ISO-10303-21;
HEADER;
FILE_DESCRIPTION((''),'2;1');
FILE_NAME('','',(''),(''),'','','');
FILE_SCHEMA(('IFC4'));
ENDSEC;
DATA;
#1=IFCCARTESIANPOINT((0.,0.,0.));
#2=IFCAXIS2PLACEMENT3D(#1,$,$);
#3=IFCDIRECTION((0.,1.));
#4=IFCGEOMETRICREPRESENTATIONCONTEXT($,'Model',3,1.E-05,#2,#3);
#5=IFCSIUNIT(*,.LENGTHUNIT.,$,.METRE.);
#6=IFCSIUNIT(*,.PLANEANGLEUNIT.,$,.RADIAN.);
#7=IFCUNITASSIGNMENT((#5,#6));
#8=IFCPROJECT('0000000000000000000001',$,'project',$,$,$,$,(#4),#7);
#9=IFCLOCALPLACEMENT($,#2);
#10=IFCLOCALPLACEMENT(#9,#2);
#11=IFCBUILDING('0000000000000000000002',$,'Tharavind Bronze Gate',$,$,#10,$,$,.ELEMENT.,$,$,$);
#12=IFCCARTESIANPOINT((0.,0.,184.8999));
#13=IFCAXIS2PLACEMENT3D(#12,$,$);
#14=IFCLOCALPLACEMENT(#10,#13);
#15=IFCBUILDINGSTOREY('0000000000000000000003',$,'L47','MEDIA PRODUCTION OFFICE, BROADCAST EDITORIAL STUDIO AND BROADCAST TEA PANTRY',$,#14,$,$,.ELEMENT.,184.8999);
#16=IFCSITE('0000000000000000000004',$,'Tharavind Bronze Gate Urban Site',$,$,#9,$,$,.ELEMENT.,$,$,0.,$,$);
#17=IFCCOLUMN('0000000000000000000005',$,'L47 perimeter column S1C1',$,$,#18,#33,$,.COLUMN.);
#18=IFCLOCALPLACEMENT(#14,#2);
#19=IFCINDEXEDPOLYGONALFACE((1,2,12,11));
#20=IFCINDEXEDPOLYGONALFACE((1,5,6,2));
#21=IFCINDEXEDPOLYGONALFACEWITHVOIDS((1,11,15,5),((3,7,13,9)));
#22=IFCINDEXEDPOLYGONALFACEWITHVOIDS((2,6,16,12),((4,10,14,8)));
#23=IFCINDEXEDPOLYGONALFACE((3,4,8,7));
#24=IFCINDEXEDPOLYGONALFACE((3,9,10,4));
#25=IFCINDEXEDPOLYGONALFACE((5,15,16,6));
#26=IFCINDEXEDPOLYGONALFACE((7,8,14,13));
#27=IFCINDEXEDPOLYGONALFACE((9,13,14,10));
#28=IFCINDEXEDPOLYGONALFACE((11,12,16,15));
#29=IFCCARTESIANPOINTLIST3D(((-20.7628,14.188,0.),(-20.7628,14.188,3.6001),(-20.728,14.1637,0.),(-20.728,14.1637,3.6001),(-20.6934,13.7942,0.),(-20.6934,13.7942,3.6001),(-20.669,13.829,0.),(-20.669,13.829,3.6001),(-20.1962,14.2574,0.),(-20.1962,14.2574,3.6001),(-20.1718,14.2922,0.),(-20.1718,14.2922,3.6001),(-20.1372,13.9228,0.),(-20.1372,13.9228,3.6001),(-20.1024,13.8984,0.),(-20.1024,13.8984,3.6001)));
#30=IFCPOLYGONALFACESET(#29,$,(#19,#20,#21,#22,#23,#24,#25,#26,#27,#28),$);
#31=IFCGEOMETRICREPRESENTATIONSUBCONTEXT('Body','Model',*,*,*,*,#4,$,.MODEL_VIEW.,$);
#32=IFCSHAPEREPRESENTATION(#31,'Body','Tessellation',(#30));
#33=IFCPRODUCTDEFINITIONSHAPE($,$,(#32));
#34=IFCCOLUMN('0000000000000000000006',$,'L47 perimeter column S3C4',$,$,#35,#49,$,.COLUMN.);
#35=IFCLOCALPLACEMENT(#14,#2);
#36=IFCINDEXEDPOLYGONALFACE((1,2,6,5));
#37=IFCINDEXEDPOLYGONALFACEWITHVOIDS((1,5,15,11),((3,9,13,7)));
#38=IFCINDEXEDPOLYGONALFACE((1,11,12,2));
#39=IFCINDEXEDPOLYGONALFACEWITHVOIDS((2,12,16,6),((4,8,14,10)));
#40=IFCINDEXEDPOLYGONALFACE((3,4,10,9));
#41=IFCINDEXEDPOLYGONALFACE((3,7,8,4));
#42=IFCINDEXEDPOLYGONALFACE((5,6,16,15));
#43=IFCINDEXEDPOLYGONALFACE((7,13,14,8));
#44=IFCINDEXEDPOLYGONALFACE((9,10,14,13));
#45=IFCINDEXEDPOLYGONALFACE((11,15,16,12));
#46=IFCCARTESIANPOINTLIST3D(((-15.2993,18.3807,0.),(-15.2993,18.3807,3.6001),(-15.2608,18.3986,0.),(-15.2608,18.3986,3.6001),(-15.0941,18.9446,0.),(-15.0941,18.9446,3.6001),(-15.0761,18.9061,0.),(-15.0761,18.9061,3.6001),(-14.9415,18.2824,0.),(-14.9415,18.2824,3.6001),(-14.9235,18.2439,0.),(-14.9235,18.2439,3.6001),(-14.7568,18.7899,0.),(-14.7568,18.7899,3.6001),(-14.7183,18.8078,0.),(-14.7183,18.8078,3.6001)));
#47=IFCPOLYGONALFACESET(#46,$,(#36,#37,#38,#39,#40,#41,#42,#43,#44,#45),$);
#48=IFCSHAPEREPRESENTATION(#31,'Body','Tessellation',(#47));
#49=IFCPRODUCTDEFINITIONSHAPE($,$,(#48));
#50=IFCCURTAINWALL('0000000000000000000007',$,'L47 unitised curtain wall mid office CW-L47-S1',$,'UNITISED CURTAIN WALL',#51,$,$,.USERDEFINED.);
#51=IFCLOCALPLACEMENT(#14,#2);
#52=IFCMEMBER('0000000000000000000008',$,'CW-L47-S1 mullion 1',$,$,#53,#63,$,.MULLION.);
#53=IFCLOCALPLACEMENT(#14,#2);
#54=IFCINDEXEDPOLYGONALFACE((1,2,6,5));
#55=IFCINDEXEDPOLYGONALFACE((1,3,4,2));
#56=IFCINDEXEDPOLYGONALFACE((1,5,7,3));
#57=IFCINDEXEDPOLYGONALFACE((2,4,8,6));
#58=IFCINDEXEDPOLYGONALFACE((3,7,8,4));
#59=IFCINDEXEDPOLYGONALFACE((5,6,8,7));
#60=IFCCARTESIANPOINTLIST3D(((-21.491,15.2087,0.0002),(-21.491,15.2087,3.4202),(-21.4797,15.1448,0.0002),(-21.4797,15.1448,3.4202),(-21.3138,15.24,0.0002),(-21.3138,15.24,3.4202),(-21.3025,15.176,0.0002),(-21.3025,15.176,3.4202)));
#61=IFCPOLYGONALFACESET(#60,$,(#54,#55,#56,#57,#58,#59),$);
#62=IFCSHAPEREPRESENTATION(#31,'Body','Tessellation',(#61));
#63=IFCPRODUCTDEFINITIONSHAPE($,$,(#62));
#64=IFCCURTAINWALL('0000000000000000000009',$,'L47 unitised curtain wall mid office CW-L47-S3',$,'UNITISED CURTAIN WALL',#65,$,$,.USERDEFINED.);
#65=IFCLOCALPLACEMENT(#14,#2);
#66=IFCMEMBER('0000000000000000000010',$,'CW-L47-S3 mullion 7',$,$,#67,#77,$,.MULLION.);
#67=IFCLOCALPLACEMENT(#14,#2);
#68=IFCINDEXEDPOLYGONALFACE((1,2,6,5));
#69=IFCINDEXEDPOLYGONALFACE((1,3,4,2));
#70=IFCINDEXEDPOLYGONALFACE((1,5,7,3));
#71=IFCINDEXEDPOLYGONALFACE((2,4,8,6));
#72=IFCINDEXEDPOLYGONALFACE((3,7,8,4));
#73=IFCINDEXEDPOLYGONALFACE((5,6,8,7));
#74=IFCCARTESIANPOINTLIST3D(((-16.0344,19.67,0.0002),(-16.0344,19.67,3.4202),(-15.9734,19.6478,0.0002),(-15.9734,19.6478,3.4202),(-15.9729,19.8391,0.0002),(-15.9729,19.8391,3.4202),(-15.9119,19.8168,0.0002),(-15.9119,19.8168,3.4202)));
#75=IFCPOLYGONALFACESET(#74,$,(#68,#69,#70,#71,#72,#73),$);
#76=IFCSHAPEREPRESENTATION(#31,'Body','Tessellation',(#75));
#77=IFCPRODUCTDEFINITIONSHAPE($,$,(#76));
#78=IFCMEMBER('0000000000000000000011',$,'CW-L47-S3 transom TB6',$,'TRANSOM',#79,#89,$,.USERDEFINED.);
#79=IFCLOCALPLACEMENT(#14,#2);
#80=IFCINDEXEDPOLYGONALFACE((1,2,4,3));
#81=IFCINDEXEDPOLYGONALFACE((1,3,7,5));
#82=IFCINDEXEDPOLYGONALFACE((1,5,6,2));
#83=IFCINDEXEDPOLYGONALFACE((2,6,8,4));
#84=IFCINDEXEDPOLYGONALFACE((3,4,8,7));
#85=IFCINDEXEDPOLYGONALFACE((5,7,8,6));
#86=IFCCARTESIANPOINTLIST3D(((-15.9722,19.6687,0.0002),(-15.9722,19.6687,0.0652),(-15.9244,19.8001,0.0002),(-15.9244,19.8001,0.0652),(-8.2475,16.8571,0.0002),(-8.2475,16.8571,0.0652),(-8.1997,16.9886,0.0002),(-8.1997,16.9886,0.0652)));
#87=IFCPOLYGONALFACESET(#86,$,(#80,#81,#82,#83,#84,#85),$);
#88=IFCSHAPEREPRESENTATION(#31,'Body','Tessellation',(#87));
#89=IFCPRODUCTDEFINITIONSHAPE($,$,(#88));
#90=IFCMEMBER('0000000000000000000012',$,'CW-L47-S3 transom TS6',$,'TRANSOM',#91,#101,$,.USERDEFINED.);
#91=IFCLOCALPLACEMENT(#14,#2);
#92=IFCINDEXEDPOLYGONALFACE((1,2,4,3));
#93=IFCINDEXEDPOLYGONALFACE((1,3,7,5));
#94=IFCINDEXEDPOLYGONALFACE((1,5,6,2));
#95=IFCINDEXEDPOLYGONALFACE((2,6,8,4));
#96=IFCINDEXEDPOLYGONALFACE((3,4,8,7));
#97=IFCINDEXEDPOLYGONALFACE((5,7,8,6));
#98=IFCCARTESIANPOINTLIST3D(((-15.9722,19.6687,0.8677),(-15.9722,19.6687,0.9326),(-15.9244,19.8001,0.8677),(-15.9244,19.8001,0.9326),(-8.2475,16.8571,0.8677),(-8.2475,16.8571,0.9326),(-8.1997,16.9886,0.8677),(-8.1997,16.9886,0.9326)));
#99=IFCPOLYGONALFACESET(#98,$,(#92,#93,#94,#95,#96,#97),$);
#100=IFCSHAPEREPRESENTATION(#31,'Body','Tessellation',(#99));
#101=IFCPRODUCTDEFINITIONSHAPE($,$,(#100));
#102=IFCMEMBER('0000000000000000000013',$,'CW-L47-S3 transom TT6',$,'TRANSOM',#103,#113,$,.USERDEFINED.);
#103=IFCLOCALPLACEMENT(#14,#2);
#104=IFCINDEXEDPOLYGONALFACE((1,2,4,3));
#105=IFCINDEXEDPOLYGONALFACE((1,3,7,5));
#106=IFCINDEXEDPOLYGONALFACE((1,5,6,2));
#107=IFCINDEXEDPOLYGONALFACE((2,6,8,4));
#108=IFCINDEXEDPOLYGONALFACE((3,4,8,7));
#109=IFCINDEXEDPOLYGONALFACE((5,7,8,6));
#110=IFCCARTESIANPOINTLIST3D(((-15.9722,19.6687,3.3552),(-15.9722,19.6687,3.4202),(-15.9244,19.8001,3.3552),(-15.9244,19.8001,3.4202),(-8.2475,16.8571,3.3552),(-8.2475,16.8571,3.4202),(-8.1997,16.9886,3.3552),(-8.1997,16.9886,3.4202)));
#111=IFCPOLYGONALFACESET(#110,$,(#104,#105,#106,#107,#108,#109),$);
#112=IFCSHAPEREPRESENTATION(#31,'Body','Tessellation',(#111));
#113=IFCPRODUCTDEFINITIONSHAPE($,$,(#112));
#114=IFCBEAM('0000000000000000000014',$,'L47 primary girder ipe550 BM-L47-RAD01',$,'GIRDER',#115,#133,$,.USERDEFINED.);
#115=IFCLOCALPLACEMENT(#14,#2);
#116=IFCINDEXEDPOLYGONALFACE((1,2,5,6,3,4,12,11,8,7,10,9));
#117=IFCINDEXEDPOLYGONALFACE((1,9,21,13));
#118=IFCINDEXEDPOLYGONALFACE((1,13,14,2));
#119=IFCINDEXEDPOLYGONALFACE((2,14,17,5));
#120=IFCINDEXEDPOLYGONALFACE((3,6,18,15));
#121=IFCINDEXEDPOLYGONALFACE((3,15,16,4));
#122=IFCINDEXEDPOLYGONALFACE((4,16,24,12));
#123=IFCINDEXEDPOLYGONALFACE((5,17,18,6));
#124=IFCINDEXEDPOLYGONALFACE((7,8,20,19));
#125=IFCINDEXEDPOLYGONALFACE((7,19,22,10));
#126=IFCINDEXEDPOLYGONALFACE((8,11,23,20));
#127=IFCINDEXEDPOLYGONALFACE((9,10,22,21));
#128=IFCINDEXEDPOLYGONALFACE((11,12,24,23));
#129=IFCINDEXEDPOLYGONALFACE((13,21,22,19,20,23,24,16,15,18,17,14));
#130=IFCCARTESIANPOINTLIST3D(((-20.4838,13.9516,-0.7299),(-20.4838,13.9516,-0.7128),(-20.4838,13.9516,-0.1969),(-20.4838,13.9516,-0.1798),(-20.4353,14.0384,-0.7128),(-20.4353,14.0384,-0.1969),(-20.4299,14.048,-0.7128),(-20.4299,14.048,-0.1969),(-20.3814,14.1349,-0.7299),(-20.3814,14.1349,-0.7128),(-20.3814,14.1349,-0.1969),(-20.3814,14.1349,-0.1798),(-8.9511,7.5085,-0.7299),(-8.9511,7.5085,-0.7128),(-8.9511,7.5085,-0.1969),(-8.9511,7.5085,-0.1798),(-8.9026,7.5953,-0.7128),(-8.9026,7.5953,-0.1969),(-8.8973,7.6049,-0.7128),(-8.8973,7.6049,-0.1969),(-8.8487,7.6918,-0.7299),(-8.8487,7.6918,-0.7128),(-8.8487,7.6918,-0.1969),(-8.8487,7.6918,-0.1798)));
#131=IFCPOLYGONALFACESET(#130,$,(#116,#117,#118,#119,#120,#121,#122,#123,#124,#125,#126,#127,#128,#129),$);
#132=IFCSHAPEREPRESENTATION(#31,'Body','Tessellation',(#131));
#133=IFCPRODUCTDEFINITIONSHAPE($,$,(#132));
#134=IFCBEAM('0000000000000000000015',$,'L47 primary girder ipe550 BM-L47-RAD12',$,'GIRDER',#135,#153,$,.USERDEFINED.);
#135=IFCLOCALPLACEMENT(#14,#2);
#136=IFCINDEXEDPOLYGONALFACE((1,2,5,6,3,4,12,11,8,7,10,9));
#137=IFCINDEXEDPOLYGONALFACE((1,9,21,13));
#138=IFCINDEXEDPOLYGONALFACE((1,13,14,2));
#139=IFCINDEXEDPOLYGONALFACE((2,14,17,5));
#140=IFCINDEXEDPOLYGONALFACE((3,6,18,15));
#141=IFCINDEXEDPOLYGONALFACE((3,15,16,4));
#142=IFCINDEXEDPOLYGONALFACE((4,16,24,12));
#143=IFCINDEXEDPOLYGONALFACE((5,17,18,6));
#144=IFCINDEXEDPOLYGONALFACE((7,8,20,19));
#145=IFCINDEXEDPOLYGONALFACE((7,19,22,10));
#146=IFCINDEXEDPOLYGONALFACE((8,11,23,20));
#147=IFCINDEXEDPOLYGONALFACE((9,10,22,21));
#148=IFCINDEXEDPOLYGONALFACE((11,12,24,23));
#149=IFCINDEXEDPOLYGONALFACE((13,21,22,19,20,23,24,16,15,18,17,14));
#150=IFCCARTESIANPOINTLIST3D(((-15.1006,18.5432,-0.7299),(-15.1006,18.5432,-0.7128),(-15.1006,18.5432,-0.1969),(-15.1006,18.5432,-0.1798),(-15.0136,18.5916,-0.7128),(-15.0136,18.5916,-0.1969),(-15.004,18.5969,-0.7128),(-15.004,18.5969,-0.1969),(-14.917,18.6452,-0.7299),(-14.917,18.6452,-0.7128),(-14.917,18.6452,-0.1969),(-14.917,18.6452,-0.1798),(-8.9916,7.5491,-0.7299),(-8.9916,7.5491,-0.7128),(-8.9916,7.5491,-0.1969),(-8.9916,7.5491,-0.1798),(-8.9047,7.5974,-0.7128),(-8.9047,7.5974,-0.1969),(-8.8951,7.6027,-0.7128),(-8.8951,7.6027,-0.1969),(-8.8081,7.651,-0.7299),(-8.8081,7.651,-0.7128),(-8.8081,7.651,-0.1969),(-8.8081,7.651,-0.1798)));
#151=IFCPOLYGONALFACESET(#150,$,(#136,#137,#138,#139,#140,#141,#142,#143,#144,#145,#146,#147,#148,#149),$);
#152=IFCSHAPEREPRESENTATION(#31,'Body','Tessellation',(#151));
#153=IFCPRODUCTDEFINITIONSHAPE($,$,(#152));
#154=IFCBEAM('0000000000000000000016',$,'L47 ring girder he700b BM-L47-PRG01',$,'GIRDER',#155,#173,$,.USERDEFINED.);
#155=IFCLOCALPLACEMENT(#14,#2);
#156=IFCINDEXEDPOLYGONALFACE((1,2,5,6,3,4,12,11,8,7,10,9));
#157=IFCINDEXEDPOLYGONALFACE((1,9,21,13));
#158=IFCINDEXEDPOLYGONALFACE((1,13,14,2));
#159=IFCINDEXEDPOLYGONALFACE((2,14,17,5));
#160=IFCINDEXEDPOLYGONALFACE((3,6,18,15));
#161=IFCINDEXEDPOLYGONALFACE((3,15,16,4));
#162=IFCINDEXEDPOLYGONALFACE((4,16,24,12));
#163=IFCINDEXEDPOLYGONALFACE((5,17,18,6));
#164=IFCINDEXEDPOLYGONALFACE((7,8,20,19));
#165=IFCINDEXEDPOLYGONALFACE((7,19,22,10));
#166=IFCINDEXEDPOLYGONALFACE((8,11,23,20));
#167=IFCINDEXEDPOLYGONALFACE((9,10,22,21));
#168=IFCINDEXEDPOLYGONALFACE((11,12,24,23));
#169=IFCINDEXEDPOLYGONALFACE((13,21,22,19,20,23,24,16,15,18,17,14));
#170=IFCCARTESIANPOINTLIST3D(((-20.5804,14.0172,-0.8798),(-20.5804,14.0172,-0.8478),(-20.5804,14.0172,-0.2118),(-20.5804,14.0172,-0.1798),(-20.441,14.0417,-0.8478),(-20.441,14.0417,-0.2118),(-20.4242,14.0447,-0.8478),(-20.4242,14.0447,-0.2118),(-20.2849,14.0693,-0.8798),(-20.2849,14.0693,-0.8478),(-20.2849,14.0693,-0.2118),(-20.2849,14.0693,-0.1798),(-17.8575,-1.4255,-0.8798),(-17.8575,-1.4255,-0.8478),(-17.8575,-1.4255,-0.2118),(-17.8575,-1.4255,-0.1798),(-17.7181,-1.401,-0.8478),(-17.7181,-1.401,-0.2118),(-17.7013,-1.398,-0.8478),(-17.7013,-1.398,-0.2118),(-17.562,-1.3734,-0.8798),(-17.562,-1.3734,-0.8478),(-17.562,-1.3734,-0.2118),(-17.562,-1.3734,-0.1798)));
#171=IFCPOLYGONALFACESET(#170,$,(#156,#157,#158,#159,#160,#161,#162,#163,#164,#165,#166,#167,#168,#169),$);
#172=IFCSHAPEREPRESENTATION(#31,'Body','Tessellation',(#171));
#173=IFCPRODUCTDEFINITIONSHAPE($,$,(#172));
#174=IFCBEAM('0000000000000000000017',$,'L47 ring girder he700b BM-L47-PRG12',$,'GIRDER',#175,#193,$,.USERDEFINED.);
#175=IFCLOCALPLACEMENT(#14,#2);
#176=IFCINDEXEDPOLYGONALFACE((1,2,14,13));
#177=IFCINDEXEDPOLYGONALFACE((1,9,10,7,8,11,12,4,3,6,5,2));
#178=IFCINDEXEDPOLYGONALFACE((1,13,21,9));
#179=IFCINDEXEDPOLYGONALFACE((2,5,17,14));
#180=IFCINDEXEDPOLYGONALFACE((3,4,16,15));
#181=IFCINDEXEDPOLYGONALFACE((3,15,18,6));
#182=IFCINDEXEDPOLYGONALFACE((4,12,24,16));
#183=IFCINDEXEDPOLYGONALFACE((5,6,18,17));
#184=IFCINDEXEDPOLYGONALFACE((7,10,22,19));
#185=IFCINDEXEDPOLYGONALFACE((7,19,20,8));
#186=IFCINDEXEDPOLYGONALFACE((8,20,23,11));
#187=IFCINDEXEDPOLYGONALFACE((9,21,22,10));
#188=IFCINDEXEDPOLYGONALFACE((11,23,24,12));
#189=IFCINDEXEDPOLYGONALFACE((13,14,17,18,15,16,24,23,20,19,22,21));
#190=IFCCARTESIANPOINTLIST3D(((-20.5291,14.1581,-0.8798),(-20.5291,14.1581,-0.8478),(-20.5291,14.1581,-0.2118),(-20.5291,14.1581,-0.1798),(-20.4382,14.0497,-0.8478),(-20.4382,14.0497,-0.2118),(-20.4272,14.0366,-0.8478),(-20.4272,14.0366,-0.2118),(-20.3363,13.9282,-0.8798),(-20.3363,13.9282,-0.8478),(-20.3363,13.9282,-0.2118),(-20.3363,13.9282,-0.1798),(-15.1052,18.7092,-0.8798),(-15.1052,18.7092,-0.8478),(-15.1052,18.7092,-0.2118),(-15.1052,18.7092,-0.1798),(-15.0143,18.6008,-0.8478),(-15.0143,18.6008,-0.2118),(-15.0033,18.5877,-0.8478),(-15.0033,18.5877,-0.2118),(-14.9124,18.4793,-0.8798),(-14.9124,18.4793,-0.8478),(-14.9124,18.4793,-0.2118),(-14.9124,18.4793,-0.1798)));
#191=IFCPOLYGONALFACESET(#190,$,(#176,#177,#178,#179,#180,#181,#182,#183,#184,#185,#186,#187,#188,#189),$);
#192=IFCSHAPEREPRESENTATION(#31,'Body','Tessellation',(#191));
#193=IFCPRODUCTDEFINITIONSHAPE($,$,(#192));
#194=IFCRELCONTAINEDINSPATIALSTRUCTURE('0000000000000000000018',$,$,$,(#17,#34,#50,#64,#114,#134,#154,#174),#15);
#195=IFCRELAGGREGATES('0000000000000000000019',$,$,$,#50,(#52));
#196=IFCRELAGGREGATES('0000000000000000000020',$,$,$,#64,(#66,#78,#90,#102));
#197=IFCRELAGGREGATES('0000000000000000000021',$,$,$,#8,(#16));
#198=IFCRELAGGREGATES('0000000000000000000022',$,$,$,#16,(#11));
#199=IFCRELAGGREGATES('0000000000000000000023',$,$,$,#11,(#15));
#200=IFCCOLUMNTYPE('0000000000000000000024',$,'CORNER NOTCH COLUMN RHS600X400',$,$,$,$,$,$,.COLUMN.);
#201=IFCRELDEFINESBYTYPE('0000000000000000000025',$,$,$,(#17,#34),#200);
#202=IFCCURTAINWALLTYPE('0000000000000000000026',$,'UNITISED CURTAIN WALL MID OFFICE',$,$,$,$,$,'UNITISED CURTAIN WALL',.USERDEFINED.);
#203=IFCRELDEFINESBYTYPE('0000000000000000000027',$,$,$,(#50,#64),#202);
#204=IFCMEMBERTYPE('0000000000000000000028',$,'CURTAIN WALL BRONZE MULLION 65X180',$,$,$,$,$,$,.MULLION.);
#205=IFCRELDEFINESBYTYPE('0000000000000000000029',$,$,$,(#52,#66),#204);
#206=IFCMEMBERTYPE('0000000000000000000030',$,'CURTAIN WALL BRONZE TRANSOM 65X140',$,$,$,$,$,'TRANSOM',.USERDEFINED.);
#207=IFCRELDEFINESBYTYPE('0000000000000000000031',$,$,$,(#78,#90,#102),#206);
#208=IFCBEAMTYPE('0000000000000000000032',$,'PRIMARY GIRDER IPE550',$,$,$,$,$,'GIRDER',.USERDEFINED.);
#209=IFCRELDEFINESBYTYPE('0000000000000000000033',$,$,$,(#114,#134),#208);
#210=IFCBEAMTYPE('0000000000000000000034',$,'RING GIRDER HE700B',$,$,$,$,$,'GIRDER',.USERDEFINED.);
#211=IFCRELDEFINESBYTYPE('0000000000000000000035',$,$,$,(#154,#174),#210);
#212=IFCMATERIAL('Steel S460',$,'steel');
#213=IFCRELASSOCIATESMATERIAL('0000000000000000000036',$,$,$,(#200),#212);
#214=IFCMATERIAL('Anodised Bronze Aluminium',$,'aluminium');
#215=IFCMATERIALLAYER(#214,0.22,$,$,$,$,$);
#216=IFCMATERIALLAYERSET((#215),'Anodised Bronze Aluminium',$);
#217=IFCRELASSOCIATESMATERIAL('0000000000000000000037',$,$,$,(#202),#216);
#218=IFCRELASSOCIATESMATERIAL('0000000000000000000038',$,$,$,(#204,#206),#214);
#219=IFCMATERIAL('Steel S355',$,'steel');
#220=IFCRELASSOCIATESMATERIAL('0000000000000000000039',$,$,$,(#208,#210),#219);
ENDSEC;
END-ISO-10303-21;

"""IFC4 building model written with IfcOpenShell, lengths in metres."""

from ifc_helpers import new_model, si_unit, direction, frame, origin, origin_2d, place, context, subcontext, project, spatial, rectangle, hollow_rectangle, i_section, extrude, material, layer, layer_set, material_profile, profile_set, type_object, element, aggregate, save


model = new_model("IFC4")

# Units and contexts
model_context = context("Model", 3, precision=1e-05, world=origin(), true_north=direction((0.0, 1.0)))
body_context = subcontext(model_context, "Body", "Model", "MODEL_VIEW")
ifc_project = project(units=[si_unit("LENGTHUNIT", "METRE"), si_unit("PLANEANGLEUNIT", "RADIAN")], contexts=[model_context])

# Site, building, storey
site_placement = place(None, origin())
site = spatial("IfcSite", under=ifc_project, at=site_placement, Name="Tharavind Bronze Gate Urban Site", CompositionType="ELEMENT", RefElevation=0.0)
building_placement = place(site_placement, origin())
building = spatial("IfcBuilding", under=site, at=building_placement, Name="Tharavind Bronze Gate", CompositionType="ELEMENT")
storey_placement = place(building_placement, frame((0.0, 0.0, 184.8999)))
storey = spatial("IfcBuildingStorey", under=building, at=storey_placement, Name="L47", Description="MEDIA PRODUCTION OFFICE, BROADCAST EDITORIAL STUDIO AND BROADCAST TEA PANTRY", CompositionType="ELEMENT", Elevation=184.8999)

# Columns
ifc_material_1 = material(Name="Steel S460", Category="steel")
ifc_material_profile_1 = material_profile(ifc_material_1, hollow_rectangle(XDim=0.3999, YDim=0.6001, WallThickness=0.03, at=origin_2d()), Name="RHS600X400X30")
ifc_profile_set_1 = profile_set([ifc_material_profile_1], Name="Steel S460")
column_type = type_object("IfcColumnType", Name="CORNER NOTCH COLUMN RHS600X400", PredefinedType="COLUMN", material=ifc_profile_set_1)
for number, where, z_axis, x_axis, name in (
    (1, (-20.4326, 14.0432, 0.0), (0.0, 0.0, 1.0), (-0.173648, 0.984808, 0.0), "L47 perimeter column S1C1"),
    (2, (-15.0088, 18.5942, 0.0), (0.0, 0.0, 1.0), (-0.939692, 0.342022, 0.0), "L47 perimeter column S3C4"),
):
    element("IfcColumn", number, at=place(storey_placement, frame(where, z_axis=z_axis, x_axis=x_axis)), inside=storey, type_object=column_type, Name=name, PredefinedType="COLUMN", context=body_context, shape_type="SweptSolid", body=[
        extrude(hollow_rectangle(XDim=0.3999, YDim=0.6001, WallThickness=0.03, at=origin_2d()), origin(), (0.0, 0.0, 1.0), 3.6001),
    ])

# Curtain wall, member
ifc_material_2 = material(Name="Anodised Bronze Aluminium", Category="aluminium")
ifc_layer_1 = layer(ifc_material_2, 0.22)
ifc_layer_set_1 = layer_set([ifc_layer_1], Name="Anodised Bronze Aluminium")
curtain_wall_type = type_object("IfcCurtainWallType", Name="UNITISED CURTAIN WALL MID OFFICE", ElementType="UNITISED CURTAIN WALL", PredefinedType="USERDEFINED", material=ifc_layer_set_1)
curtain_wall_1_placement = place(storey_placement, origin())
curtain_wall_1 = element("IfcCurtainWall", 3, at=curtain_wall_1_placement, inside=storey, type_object=curtain_wall_type, Name="L47 unitised curtain wall mid office CW-L47-S1", ObjectType="UNITISED CURTAIN WALL", PredefinedType="USERDEFINED")
member_type_1 = type_object("IfcMemberType", Name="CURTAIN WALL BRONZE MULLION 65X180", PredefinedType="MULLION", material=ifc_material_2)
member_1_placement = place(storey_placement, frame((-21.3967, 15.1924, 0.0002), z_axis=(0.0, 0.0, 1.0), x_axis=(0.173648, -0.984808, 0.0)))
member_1 = element("IfcMember", 4, at=member_1_placement, type_object=member_type_1, Name="CW-L47-S1 mullion 1", PredefinedType="MULLION", context=body_context, shape_type="SweptSolid", body=[
    extrude(rectangle(XDim=0.0649, YDim=0.1799, at=origin_2d()), origin(), (0.0, 0.0, 1.0), 3.4199),
])

# Curtain wall, members
curtain_wall_2_placement = place(storey_placement, origin())
curtain_wall_2 = element("IfcCurtainWall", 5, at=curtain_wall_2_placement, inside=storey, type_object=curtain_wall_type, Name="L47 unitised curtain wall mid office CW-L47-S3", ObjectType="UNITISED CURTAIN WALL", PredefinedType="USERDEFINED")
member_2_placement = place(storey_placement, frame((-15.9731, 19.7434, 0.0002), z_axis=(0.0, 0.0, 1.0), x_axis=(-0.939692, 0.342022, 0.0)))
member_2 = element("IfcMember", 6, at=member_2_placement, type_object=member_type_1, Name="CW-L47-S3 mullion 7", PredefinedType="MULLION", context=body_context, shape_type="SweptSolid", body=[
    extrude(rectangle(XDim=0.0649, YDim=0.1799, at=origin_2d()), origin(), (0.0, 0.0, 1.0), 3.4199),
])
member_type_2 = type_object("IfcMemberType", Name="CURTAIN WALL BRONZE TRANSOM 65X140", ElementType="TRANSOM", PredefinedType="USERDEFINED", material=ifc_material_2)
member_3_placement = place(storey_placement, frame((-12.0859, 18.3286, 0.0002), z_axis=(0.0, 0.0, 1.0), x_axis=(-0.939692, 0.342022, 0.0)))
member_3 = element("IfcMember", 7, at=member_3_placement, type_object=member_type_2, Name="CW-L47-S3 transom TB6", ObjectType="TRANSOM", PredefinedType="USERDEFINED", context=body_context, shape_type="SweptSolid", body=[
    extrude(rectangle(XDim=8.2205, YDim=0.1399, at=origin_2d()), origin(), (0.0, 0.0, 1.0), 0.0649),
])
member_4_placement = place(storey_placement, frame((-12.0859, 18.3286, 0.8677), z_axis=(0.0, 0.0, 1.0), x_axis=(-0.939692, 0.342022, 0.0)))
member_4 = element("IfcMember", 8, at=member_4_placement, type_object=member_type_2, Name="CW-L47-S3 transom TS6", ObjectType="TRANSOM", PredefinedType="USERDEFINED", context=body_context, shape_type="SweptSolid", body=[
    extrude(rectangle(XDim=8.2205, YDim=0.1399, at=origin_2d()), origin(), (0.0, 0.0, 1.0), 0.0649),
])
member_5_placement = place(storey_placement, frame((-12.0859, 18.3286, 3.3552), z_axis=(0.0, 0.0, 1.0), x_axis=(-0.939692, 0.342022, 0.0)))
member_5 = element("IfcMember", 9, at=member_5_placement, type_object=member_type_2, Name="CW-L47-S3 transom TT6", ObjectType="TRANSOM", PredefinedType="USERDEFINED", context=body_context, shape_type="SweptSolid", body=[
    extrude(rectangle(XDim=8.2205, YDim=0.1399, at=origin_2d()), origin(), (0.0, 0.0, 1.0), 0.0649),
])

# Beams
ifc_material_3 = material(Name="Steel S355", Category="steel")
ifc_material_profile_2 = material_profile(ifc_material_3, i_section(OverallWidth=0.21, OverallDepth=0.55, WebThickness=0.011, FlangeThickness=0.0171, at=origin_2d()), Name="IPE550")
ifc_profile_set_2 = profile_set([ifc_material_profile_2], Name="Steel S355")
beam_type_1 = type_object("IfcBeamType", Name="PRIMARY GIRDER IPE550", ElementType="GIRDER", PredefinedType="USERDEFINED", material=ifc_profile_set_2)
beam_1_placement = place(storey_placement, frame((-20.4326, 14.0432, -0.4548), z_axis=(0.872996, -0.487727, 0.0), x_axis=(0.487727, 0.872996, 0.0)))
element("IfcBeam", 10, at=beam_1_placement, inside=storey, type_object=beam_type_1, Name="L47 primary girder ipe550 BM-L47-RAD01", ObjectType="GIRDER", PredefinedType="USERDEFINED", context=body_context, shape_type="SweptSolid", body=[
    extrude(i_section(OverallWidth=0.21, OverallDepth=0.55, WebThickness=0.011, FlangeThickness=0.0171, at=origin_2d()), origin(), (0.0, 0.0, 1.0), 13.2104),
])
beam_2_placement = place(storey_placement, frame((-15.0088, 18.5942, -0.4548), z_axis=(0.485706, -0.874122, 0.0), x_axis=(0.874122, 0.485706, 0.0)))
element("IfcBeam", 11, at=beam_2_placement, inside=storey, type_object=beam_type_1, Name="L47 primary girder ipe550 BM-L47-RAD12", ObjectType="GIRDER", PredefinedType="USERDEFINED", context=body_context, shape_type="SweptSolid", body=[
    extrude(i_section(OverallWidth=0.21, OverallDepth=0.55, WebThickness=0.011, FlangeThickness=0.0171, at=origin_2d()), origin(), (0.0, 0.0, 1.0), 12.5774),
])
ifc_material_profile_3 = material_profile(ifc_material_3, i_section(OverallWidth=0.3, OverallDepth=0.7, WebThickness=0.0171, FlangeThickness=0.032, at=origin_2d()), Name="HE700B")
ifc_profile_set_3 = profile_set([ifc_material_profile_3], Name="Steel S355")
beam_type_2 = type_object("IfcBeamType", Name="RING GIRDER HE700B", ElementType="GIRDER", PredefinedType="USERDEFINED", material=ifc_profile_set_3)
beam_3_placement = place(storey_placement, frame((-20.4326, 14.0432, -0.5298), z_axis=(0.173645, -0.984808, 0.0), x_axis=(0.984808, 0.173645, 0.0)))
element("IfcBeam", 12, at=beam_3_placement, inside=storey, type_object=beam_type_2, Name="L47 ring girder he700b BM-L47-PRG01", ObjectType="GIRDER", PredefinedType="USERDEFINED", context=body_context, shape_type="SweptSolid", body=[
    extrude(i_section(OverallWidth=0.3, OverallDepth=0.7, WebThickness=0.0171, FlangeThickness=0.032, at=origin_2d()), origin(), (0.0, 0.0, 1.0), 15.6809),
])
beam_4_placement = place(storey_placement, frame((-15.0088, 18.5942, -0.5298), z_axis=(-0.766052, -0.642779, 0.0), x_axis=(0.642779, -0.766052, 0.0)))
element("IfcBeam", 13, at=beam_4_placement, inside=storey, type_object=beam_type_2, Name="L47 ring girder he700b BM-L47-PRG12", ObjectType="GIRDER", PredefinedType="USERDEFINED", context=body_context, shape_type="SweptSolid", body=[
    extrude(i_section(OverallWidth=0.3, OverallDepth=0.7, WebThickness=0.0171, FlangeThickness=0.032, at=origin_2d()), origin(), (0.0, 0.0, 1.0), 7.0803),
])

aggregate(curtain_wall_1, [member_1])
aggregate(curtain_wall_2, [member_2, member_3, member_4, member_5])

save(model, "model.ifc")
